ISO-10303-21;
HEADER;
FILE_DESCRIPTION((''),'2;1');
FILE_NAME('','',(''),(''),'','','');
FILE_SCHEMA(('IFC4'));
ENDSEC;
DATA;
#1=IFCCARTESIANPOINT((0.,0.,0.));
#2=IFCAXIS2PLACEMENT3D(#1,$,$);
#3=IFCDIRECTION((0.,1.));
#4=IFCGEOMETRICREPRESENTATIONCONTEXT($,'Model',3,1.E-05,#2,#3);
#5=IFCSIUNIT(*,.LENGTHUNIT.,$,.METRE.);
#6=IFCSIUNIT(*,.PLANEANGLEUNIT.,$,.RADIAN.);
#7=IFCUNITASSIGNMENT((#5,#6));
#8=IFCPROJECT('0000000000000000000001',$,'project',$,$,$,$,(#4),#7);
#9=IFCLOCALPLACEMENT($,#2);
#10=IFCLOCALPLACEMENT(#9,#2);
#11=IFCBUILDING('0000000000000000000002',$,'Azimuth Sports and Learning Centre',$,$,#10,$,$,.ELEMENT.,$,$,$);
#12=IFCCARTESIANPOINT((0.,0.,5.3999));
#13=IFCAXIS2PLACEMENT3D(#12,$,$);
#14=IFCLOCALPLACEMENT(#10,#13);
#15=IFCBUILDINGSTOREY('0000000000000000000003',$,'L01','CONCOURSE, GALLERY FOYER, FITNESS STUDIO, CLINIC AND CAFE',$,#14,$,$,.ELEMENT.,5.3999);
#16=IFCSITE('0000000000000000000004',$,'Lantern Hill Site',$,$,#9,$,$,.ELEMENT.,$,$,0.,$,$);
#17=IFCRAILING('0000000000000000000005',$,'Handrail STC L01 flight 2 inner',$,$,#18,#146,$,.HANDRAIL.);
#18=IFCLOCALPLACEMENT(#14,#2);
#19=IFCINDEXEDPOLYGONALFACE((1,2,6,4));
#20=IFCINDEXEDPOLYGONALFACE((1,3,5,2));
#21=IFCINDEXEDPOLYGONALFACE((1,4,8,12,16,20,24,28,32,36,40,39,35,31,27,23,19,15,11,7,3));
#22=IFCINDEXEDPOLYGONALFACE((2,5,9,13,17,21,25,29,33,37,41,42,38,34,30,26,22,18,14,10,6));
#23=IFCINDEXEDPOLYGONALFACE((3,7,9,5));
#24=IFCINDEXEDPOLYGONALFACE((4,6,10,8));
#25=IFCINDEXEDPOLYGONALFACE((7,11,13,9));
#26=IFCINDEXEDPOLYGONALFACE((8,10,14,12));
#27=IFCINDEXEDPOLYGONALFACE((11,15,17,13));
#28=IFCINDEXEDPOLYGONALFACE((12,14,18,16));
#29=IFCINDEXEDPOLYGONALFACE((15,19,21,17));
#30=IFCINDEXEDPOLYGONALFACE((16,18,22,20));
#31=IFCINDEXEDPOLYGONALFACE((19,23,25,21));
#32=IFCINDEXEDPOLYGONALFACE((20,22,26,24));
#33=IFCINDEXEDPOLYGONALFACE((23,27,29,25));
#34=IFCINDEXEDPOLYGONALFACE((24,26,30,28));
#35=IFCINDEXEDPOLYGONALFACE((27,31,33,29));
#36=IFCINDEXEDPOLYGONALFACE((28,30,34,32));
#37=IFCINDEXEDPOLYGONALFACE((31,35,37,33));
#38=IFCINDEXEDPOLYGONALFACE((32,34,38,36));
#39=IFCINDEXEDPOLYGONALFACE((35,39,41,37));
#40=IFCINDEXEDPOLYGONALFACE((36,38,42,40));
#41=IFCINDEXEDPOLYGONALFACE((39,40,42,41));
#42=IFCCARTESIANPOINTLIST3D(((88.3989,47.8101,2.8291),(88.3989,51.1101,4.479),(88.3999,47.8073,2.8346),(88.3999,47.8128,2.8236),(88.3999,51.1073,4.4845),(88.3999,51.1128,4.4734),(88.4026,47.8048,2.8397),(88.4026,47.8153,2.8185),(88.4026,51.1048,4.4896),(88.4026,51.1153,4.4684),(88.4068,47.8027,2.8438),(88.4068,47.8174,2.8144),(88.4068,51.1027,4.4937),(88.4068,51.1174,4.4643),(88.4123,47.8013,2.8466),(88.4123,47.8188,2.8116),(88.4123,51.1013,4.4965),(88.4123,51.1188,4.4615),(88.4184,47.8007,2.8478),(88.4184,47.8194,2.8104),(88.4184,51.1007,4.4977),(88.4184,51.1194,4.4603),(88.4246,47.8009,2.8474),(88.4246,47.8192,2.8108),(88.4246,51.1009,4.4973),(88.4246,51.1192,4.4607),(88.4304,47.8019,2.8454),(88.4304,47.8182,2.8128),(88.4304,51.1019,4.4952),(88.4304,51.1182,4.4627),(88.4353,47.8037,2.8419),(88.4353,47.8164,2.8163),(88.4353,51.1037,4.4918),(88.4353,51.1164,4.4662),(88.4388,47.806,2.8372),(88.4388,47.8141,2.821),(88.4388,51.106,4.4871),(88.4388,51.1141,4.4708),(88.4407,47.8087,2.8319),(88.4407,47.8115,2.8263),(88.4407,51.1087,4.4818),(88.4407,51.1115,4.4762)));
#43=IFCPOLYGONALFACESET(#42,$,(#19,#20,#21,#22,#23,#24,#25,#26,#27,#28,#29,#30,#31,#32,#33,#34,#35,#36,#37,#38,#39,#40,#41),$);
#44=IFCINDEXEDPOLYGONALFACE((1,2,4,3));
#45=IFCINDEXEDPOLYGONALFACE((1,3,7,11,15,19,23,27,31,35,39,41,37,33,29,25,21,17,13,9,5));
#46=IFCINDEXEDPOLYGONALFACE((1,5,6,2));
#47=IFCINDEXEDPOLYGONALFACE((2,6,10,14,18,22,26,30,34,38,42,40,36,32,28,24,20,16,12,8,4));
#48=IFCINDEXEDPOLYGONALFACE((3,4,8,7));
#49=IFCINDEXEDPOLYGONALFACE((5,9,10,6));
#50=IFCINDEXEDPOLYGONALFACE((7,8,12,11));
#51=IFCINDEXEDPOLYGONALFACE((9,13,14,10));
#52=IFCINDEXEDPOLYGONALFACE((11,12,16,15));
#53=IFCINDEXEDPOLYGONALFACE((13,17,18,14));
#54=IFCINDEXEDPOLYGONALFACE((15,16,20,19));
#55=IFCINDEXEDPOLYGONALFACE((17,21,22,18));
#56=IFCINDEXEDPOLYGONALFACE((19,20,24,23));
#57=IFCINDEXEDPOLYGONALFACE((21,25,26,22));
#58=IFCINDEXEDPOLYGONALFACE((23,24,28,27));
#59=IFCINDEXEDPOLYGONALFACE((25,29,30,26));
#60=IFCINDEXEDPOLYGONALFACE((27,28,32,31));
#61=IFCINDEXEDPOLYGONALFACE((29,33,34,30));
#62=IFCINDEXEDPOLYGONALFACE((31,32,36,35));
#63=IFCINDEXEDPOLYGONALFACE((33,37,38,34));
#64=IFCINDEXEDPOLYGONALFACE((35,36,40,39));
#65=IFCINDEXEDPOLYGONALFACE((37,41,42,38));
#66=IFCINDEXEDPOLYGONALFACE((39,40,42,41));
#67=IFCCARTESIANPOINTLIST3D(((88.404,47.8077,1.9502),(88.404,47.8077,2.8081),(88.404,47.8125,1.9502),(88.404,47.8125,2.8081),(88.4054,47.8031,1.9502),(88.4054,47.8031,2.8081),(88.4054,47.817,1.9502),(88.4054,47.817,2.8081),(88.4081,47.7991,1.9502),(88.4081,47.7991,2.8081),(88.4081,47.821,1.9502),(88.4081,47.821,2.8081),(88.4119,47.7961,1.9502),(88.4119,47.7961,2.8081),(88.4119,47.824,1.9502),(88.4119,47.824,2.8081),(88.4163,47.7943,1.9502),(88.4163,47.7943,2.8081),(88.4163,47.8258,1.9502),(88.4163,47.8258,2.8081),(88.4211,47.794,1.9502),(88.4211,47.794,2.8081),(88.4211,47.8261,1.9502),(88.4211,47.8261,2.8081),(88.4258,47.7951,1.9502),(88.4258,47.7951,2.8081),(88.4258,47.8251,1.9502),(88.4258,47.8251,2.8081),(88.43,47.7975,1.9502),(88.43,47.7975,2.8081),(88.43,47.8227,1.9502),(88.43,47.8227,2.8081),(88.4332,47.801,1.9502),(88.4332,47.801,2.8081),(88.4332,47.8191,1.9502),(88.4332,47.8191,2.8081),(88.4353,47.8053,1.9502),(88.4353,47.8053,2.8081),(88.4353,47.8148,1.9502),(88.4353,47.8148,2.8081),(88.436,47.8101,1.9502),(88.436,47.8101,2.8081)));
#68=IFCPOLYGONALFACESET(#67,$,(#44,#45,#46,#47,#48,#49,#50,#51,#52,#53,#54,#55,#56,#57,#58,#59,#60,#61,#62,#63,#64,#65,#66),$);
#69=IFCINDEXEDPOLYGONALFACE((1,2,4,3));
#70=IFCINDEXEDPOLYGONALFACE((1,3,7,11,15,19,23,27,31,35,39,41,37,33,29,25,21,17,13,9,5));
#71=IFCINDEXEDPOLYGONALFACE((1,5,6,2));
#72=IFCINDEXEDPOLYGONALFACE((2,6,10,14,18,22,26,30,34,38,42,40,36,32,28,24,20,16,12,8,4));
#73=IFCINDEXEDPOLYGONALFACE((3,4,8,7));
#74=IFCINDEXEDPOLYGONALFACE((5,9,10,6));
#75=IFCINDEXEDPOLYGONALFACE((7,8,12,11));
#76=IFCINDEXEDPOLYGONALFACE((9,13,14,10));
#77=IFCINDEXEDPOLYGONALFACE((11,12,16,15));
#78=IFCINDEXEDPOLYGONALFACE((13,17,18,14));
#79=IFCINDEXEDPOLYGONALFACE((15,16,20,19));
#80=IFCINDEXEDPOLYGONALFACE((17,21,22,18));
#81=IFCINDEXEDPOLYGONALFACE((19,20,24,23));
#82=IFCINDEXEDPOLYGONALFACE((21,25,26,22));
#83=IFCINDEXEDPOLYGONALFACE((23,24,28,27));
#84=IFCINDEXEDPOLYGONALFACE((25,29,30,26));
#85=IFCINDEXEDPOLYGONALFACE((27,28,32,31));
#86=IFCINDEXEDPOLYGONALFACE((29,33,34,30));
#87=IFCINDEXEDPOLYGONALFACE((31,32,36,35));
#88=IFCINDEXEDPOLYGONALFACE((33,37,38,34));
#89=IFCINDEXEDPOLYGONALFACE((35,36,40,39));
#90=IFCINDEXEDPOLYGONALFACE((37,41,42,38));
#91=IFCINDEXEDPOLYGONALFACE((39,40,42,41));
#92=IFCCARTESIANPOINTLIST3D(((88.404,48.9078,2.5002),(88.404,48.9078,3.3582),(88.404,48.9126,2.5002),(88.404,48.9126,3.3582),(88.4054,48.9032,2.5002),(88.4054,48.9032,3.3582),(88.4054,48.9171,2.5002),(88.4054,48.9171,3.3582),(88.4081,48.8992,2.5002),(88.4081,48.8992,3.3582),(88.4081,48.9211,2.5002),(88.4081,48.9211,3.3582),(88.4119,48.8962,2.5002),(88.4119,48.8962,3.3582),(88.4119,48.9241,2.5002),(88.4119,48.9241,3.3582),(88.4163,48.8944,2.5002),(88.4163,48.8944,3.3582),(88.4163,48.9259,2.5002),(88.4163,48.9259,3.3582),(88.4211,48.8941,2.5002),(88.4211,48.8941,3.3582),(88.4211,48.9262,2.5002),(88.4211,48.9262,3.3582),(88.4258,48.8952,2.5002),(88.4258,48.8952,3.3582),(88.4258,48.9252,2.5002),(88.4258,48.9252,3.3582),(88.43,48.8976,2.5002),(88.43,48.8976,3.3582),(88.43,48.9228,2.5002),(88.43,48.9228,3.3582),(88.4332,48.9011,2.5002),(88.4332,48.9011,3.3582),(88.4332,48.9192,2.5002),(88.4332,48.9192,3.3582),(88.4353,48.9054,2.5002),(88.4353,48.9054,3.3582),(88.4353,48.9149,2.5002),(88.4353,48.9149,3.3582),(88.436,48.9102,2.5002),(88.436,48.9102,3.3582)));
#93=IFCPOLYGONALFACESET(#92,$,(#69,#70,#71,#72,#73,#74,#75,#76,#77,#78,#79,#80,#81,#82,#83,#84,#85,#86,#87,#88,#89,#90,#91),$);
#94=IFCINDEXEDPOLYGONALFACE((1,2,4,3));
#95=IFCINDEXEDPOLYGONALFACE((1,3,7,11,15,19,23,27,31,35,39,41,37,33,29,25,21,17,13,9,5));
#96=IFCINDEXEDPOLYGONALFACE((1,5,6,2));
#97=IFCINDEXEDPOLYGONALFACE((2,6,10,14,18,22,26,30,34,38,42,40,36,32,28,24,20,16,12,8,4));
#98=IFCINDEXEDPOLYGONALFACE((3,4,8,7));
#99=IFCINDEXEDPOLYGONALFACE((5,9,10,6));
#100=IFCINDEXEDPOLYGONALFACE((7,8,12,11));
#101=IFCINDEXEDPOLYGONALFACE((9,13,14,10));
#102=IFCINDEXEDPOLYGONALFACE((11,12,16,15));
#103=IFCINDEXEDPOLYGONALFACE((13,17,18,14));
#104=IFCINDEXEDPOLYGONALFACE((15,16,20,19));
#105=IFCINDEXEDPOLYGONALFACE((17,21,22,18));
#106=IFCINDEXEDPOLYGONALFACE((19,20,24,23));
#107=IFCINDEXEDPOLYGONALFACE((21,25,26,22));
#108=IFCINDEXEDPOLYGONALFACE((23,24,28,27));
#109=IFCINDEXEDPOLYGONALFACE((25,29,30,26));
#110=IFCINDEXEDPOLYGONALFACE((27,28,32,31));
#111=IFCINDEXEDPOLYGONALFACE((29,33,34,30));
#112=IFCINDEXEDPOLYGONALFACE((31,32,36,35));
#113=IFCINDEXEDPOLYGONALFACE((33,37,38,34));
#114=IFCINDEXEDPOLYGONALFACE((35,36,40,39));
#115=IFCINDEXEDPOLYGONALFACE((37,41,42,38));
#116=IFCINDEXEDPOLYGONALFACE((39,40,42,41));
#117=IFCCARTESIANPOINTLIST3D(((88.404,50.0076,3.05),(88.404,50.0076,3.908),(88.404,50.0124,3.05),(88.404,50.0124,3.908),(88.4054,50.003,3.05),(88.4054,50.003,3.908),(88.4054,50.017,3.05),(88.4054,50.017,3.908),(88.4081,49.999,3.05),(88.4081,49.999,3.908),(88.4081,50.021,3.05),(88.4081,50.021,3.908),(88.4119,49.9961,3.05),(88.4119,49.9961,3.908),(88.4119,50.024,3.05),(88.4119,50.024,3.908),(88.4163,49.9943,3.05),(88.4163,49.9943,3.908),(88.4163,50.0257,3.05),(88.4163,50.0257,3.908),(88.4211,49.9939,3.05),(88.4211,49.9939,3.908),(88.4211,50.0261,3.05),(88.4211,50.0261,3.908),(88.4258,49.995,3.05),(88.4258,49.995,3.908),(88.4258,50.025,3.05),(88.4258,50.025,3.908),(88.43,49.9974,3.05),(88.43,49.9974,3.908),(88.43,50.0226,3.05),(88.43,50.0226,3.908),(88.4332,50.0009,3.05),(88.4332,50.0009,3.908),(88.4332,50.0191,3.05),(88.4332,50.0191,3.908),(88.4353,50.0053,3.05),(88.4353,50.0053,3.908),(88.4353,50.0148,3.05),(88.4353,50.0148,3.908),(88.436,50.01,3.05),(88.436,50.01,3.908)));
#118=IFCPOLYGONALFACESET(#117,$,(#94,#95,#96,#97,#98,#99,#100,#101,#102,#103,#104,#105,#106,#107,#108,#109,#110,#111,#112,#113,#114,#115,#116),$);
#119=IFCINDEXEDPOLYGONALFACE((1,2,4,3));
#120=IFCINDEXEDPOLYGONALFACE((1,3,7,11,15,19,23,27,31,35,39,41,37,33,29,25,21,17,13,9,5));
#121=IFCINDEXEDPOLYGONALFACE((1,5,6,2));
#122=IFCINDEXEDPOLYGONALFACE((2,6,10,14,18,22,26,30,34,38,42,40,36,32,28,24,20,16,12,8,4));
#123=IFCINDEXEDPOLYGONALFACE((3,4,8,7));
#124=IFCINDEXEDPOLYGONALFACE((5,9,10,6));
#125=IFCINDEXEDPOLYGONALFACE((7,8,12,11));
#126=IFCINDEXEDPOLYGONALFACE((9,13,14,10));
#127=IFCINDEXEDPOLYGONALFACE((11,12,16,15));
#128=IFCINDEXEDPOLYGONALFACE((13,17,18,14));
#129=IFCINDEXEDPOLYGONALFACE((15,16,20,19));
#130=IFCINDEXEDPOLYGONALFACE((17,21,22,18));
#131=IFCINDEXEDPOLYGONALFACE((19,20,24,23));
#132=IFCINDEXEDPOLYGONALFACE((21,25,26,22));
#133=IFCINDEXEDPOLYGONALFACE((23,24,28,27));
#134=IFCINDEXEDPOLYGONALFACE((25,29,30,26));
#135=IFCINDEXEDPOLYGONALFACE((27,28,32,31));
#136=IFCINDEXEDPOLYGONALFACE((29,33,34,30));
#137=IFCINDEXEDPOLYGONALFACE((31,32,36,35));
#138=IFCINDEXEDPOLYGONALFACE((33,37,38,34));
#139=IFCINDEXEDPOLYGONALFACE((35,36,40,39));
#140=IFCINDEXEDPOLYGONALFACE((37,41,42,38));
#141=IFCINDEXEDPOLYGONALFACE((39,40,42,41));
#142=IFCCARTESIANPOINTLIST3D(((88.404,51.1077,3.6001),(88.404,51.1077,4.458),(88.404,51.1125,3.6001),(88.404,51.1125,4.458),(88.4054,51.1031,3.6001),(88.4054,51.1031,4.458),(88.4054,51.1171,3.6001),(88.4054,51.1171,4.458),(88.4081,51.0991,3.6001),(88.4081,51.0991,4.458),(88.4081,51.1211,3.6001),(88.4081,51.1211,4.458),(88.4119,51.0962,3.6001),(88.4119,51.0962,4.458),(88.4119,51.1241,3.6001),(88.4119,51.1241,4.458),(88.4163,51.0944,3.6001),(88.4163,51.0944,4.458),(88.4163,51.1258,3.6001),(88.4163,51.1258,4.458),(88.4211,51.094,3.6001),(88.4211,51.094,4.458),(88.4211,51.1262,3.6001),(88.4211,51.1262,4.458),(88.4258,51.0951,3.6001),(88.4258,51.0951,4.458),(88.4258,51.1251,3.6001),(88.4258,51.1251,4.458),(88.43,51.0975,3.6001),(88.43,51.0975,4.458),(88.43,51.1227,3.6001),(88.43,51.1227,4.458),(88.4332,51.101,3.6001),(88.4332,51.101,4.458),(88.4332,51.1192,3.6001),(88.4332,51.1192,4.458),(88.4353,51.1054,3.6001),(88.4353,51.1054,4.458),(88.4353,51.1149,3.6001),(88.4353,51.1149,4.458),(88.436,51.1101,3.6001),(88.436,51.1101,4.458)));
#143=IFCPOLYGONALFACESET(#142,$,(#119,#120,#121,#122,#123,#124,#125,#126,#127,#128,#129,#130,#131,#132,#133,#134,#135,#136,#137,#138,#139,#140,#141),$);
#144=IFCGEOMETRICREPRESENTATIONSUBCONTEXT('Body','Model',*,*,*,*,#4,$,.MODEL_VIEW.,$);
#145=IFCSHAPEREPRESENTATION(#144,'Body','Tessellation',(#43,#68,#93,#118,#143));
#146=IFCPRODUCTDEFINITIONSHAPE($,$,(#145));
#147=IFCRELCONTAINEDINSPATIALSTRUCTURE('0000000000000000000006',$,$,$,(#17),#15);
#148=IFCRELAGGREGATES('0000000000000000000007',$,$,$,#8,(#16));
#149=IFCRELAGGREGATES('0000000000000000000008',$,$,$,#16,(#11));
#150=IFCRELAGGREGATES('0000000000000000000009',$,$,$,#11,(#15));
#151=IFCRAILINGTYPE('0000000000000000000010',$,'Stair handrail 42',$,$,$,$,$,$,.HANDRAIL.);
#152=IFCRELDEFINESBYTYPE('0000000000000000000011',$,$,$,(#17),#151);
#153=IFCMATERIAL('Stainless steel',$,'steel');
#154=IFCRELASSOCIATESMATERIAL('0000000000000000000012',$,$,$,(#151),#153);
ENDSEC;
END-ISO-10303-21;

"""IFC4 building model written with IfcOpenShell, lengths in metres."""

from ifc_helpers import new_model, si_unit, direction, frame, origin, origin_2d, place, context, subcontext, project, spatial, circle, extrude, material, type_object, element, save


model = new_model("IFC4")

# Units and contexts
model_context = context("Model", 3, precision=1e-05, world=origin(), true_north=direction((0.0, 1.0)))
body_context = subcontext(model_context, "Body", "Model", "MODEL_VIEW")
ifc_project = project(units=[si_unit("LENGTHUNIT", "METRE"), si_unit("PLANEANGLEUNIT", "RADIAN")], contexts=[model_context])

# Site, building, storey
site_placement = place(None, origin())
site = spatial("IfcSite", under=ifc_project, at=site_placement, Name="Lantern Hill Site", CompositionType="ELEMENT", RefElevation=0.0)
building_placement = place(site_placement, origin())
building = spatial("IfcBuilding", under=site, at=building_placement, Name="Azimuth Sports and Learning Centre", CompositionType="ELEMENT")
storey_placement = place(building_placement, frame((0.0, 0.0, 5.3999)))
storey = spatial("IfcBuildingStorey", under=building, at=storey_placement, Name="L01", Description="CONCOURSE, GALLERY FOYER, FITNESS STUDIO, CLINIC AND CAFE", CompositionType="ELEMENT", Elevation=5.3999)

# Railing
ifc_material_1 = material(Name="Stainless steel", Category="steel")
railing_type = type_object("IfcRailingType", Name="Stair handrail 42", PredefinedType="HANDRAIL", material=ifc_material_1)
for number, where, name in (
    (1, (88.4199, 47.8101, 1.9502), "Handrail STC L01 flight 2 inner"),
):
    element("IfcRailing", number, at=place(storey_placement, frame(where)), inside=storey, type_object=railing_type, Name=name, PredefinedType="HANDRAIL", context=body_context, shape_type="SweptSolid", body=[
        extrude(circle(Radius=0.021, at=origin_2d()), frame((0.0, 0.0, 0.8789), z_axis=(0.0, 0.89444, 0.447187), x_axis=(-1.0, 0.0, 0.0)), (0.0, 0.0, 1.0), 3.6895),
        extrude(circle(Radius=0.0161, at=origin_2d()), origin(), (0.0, 0.0, 1.0), 0.8579),
        extrude(circle(Radius=0.0161, at=origin_2d()), frame((0.0, 1.1001, 0.55)), (0.0, 0.0, 1.0), 0.8579),
        extrude(circle(Radius=0.0161, at=origin_2d()), frame((0.0, 2.2, 1.0999)), (0.0, 0.0, 1.0), 0.8579),
        extrude(circle(Radius=0.0161, at=origin_2d()), frame((0.0, 3.3, 1.6499)), (0.0, 0.0, 1.0), 0.8579),
    ])

save(model, "model.ifc")
